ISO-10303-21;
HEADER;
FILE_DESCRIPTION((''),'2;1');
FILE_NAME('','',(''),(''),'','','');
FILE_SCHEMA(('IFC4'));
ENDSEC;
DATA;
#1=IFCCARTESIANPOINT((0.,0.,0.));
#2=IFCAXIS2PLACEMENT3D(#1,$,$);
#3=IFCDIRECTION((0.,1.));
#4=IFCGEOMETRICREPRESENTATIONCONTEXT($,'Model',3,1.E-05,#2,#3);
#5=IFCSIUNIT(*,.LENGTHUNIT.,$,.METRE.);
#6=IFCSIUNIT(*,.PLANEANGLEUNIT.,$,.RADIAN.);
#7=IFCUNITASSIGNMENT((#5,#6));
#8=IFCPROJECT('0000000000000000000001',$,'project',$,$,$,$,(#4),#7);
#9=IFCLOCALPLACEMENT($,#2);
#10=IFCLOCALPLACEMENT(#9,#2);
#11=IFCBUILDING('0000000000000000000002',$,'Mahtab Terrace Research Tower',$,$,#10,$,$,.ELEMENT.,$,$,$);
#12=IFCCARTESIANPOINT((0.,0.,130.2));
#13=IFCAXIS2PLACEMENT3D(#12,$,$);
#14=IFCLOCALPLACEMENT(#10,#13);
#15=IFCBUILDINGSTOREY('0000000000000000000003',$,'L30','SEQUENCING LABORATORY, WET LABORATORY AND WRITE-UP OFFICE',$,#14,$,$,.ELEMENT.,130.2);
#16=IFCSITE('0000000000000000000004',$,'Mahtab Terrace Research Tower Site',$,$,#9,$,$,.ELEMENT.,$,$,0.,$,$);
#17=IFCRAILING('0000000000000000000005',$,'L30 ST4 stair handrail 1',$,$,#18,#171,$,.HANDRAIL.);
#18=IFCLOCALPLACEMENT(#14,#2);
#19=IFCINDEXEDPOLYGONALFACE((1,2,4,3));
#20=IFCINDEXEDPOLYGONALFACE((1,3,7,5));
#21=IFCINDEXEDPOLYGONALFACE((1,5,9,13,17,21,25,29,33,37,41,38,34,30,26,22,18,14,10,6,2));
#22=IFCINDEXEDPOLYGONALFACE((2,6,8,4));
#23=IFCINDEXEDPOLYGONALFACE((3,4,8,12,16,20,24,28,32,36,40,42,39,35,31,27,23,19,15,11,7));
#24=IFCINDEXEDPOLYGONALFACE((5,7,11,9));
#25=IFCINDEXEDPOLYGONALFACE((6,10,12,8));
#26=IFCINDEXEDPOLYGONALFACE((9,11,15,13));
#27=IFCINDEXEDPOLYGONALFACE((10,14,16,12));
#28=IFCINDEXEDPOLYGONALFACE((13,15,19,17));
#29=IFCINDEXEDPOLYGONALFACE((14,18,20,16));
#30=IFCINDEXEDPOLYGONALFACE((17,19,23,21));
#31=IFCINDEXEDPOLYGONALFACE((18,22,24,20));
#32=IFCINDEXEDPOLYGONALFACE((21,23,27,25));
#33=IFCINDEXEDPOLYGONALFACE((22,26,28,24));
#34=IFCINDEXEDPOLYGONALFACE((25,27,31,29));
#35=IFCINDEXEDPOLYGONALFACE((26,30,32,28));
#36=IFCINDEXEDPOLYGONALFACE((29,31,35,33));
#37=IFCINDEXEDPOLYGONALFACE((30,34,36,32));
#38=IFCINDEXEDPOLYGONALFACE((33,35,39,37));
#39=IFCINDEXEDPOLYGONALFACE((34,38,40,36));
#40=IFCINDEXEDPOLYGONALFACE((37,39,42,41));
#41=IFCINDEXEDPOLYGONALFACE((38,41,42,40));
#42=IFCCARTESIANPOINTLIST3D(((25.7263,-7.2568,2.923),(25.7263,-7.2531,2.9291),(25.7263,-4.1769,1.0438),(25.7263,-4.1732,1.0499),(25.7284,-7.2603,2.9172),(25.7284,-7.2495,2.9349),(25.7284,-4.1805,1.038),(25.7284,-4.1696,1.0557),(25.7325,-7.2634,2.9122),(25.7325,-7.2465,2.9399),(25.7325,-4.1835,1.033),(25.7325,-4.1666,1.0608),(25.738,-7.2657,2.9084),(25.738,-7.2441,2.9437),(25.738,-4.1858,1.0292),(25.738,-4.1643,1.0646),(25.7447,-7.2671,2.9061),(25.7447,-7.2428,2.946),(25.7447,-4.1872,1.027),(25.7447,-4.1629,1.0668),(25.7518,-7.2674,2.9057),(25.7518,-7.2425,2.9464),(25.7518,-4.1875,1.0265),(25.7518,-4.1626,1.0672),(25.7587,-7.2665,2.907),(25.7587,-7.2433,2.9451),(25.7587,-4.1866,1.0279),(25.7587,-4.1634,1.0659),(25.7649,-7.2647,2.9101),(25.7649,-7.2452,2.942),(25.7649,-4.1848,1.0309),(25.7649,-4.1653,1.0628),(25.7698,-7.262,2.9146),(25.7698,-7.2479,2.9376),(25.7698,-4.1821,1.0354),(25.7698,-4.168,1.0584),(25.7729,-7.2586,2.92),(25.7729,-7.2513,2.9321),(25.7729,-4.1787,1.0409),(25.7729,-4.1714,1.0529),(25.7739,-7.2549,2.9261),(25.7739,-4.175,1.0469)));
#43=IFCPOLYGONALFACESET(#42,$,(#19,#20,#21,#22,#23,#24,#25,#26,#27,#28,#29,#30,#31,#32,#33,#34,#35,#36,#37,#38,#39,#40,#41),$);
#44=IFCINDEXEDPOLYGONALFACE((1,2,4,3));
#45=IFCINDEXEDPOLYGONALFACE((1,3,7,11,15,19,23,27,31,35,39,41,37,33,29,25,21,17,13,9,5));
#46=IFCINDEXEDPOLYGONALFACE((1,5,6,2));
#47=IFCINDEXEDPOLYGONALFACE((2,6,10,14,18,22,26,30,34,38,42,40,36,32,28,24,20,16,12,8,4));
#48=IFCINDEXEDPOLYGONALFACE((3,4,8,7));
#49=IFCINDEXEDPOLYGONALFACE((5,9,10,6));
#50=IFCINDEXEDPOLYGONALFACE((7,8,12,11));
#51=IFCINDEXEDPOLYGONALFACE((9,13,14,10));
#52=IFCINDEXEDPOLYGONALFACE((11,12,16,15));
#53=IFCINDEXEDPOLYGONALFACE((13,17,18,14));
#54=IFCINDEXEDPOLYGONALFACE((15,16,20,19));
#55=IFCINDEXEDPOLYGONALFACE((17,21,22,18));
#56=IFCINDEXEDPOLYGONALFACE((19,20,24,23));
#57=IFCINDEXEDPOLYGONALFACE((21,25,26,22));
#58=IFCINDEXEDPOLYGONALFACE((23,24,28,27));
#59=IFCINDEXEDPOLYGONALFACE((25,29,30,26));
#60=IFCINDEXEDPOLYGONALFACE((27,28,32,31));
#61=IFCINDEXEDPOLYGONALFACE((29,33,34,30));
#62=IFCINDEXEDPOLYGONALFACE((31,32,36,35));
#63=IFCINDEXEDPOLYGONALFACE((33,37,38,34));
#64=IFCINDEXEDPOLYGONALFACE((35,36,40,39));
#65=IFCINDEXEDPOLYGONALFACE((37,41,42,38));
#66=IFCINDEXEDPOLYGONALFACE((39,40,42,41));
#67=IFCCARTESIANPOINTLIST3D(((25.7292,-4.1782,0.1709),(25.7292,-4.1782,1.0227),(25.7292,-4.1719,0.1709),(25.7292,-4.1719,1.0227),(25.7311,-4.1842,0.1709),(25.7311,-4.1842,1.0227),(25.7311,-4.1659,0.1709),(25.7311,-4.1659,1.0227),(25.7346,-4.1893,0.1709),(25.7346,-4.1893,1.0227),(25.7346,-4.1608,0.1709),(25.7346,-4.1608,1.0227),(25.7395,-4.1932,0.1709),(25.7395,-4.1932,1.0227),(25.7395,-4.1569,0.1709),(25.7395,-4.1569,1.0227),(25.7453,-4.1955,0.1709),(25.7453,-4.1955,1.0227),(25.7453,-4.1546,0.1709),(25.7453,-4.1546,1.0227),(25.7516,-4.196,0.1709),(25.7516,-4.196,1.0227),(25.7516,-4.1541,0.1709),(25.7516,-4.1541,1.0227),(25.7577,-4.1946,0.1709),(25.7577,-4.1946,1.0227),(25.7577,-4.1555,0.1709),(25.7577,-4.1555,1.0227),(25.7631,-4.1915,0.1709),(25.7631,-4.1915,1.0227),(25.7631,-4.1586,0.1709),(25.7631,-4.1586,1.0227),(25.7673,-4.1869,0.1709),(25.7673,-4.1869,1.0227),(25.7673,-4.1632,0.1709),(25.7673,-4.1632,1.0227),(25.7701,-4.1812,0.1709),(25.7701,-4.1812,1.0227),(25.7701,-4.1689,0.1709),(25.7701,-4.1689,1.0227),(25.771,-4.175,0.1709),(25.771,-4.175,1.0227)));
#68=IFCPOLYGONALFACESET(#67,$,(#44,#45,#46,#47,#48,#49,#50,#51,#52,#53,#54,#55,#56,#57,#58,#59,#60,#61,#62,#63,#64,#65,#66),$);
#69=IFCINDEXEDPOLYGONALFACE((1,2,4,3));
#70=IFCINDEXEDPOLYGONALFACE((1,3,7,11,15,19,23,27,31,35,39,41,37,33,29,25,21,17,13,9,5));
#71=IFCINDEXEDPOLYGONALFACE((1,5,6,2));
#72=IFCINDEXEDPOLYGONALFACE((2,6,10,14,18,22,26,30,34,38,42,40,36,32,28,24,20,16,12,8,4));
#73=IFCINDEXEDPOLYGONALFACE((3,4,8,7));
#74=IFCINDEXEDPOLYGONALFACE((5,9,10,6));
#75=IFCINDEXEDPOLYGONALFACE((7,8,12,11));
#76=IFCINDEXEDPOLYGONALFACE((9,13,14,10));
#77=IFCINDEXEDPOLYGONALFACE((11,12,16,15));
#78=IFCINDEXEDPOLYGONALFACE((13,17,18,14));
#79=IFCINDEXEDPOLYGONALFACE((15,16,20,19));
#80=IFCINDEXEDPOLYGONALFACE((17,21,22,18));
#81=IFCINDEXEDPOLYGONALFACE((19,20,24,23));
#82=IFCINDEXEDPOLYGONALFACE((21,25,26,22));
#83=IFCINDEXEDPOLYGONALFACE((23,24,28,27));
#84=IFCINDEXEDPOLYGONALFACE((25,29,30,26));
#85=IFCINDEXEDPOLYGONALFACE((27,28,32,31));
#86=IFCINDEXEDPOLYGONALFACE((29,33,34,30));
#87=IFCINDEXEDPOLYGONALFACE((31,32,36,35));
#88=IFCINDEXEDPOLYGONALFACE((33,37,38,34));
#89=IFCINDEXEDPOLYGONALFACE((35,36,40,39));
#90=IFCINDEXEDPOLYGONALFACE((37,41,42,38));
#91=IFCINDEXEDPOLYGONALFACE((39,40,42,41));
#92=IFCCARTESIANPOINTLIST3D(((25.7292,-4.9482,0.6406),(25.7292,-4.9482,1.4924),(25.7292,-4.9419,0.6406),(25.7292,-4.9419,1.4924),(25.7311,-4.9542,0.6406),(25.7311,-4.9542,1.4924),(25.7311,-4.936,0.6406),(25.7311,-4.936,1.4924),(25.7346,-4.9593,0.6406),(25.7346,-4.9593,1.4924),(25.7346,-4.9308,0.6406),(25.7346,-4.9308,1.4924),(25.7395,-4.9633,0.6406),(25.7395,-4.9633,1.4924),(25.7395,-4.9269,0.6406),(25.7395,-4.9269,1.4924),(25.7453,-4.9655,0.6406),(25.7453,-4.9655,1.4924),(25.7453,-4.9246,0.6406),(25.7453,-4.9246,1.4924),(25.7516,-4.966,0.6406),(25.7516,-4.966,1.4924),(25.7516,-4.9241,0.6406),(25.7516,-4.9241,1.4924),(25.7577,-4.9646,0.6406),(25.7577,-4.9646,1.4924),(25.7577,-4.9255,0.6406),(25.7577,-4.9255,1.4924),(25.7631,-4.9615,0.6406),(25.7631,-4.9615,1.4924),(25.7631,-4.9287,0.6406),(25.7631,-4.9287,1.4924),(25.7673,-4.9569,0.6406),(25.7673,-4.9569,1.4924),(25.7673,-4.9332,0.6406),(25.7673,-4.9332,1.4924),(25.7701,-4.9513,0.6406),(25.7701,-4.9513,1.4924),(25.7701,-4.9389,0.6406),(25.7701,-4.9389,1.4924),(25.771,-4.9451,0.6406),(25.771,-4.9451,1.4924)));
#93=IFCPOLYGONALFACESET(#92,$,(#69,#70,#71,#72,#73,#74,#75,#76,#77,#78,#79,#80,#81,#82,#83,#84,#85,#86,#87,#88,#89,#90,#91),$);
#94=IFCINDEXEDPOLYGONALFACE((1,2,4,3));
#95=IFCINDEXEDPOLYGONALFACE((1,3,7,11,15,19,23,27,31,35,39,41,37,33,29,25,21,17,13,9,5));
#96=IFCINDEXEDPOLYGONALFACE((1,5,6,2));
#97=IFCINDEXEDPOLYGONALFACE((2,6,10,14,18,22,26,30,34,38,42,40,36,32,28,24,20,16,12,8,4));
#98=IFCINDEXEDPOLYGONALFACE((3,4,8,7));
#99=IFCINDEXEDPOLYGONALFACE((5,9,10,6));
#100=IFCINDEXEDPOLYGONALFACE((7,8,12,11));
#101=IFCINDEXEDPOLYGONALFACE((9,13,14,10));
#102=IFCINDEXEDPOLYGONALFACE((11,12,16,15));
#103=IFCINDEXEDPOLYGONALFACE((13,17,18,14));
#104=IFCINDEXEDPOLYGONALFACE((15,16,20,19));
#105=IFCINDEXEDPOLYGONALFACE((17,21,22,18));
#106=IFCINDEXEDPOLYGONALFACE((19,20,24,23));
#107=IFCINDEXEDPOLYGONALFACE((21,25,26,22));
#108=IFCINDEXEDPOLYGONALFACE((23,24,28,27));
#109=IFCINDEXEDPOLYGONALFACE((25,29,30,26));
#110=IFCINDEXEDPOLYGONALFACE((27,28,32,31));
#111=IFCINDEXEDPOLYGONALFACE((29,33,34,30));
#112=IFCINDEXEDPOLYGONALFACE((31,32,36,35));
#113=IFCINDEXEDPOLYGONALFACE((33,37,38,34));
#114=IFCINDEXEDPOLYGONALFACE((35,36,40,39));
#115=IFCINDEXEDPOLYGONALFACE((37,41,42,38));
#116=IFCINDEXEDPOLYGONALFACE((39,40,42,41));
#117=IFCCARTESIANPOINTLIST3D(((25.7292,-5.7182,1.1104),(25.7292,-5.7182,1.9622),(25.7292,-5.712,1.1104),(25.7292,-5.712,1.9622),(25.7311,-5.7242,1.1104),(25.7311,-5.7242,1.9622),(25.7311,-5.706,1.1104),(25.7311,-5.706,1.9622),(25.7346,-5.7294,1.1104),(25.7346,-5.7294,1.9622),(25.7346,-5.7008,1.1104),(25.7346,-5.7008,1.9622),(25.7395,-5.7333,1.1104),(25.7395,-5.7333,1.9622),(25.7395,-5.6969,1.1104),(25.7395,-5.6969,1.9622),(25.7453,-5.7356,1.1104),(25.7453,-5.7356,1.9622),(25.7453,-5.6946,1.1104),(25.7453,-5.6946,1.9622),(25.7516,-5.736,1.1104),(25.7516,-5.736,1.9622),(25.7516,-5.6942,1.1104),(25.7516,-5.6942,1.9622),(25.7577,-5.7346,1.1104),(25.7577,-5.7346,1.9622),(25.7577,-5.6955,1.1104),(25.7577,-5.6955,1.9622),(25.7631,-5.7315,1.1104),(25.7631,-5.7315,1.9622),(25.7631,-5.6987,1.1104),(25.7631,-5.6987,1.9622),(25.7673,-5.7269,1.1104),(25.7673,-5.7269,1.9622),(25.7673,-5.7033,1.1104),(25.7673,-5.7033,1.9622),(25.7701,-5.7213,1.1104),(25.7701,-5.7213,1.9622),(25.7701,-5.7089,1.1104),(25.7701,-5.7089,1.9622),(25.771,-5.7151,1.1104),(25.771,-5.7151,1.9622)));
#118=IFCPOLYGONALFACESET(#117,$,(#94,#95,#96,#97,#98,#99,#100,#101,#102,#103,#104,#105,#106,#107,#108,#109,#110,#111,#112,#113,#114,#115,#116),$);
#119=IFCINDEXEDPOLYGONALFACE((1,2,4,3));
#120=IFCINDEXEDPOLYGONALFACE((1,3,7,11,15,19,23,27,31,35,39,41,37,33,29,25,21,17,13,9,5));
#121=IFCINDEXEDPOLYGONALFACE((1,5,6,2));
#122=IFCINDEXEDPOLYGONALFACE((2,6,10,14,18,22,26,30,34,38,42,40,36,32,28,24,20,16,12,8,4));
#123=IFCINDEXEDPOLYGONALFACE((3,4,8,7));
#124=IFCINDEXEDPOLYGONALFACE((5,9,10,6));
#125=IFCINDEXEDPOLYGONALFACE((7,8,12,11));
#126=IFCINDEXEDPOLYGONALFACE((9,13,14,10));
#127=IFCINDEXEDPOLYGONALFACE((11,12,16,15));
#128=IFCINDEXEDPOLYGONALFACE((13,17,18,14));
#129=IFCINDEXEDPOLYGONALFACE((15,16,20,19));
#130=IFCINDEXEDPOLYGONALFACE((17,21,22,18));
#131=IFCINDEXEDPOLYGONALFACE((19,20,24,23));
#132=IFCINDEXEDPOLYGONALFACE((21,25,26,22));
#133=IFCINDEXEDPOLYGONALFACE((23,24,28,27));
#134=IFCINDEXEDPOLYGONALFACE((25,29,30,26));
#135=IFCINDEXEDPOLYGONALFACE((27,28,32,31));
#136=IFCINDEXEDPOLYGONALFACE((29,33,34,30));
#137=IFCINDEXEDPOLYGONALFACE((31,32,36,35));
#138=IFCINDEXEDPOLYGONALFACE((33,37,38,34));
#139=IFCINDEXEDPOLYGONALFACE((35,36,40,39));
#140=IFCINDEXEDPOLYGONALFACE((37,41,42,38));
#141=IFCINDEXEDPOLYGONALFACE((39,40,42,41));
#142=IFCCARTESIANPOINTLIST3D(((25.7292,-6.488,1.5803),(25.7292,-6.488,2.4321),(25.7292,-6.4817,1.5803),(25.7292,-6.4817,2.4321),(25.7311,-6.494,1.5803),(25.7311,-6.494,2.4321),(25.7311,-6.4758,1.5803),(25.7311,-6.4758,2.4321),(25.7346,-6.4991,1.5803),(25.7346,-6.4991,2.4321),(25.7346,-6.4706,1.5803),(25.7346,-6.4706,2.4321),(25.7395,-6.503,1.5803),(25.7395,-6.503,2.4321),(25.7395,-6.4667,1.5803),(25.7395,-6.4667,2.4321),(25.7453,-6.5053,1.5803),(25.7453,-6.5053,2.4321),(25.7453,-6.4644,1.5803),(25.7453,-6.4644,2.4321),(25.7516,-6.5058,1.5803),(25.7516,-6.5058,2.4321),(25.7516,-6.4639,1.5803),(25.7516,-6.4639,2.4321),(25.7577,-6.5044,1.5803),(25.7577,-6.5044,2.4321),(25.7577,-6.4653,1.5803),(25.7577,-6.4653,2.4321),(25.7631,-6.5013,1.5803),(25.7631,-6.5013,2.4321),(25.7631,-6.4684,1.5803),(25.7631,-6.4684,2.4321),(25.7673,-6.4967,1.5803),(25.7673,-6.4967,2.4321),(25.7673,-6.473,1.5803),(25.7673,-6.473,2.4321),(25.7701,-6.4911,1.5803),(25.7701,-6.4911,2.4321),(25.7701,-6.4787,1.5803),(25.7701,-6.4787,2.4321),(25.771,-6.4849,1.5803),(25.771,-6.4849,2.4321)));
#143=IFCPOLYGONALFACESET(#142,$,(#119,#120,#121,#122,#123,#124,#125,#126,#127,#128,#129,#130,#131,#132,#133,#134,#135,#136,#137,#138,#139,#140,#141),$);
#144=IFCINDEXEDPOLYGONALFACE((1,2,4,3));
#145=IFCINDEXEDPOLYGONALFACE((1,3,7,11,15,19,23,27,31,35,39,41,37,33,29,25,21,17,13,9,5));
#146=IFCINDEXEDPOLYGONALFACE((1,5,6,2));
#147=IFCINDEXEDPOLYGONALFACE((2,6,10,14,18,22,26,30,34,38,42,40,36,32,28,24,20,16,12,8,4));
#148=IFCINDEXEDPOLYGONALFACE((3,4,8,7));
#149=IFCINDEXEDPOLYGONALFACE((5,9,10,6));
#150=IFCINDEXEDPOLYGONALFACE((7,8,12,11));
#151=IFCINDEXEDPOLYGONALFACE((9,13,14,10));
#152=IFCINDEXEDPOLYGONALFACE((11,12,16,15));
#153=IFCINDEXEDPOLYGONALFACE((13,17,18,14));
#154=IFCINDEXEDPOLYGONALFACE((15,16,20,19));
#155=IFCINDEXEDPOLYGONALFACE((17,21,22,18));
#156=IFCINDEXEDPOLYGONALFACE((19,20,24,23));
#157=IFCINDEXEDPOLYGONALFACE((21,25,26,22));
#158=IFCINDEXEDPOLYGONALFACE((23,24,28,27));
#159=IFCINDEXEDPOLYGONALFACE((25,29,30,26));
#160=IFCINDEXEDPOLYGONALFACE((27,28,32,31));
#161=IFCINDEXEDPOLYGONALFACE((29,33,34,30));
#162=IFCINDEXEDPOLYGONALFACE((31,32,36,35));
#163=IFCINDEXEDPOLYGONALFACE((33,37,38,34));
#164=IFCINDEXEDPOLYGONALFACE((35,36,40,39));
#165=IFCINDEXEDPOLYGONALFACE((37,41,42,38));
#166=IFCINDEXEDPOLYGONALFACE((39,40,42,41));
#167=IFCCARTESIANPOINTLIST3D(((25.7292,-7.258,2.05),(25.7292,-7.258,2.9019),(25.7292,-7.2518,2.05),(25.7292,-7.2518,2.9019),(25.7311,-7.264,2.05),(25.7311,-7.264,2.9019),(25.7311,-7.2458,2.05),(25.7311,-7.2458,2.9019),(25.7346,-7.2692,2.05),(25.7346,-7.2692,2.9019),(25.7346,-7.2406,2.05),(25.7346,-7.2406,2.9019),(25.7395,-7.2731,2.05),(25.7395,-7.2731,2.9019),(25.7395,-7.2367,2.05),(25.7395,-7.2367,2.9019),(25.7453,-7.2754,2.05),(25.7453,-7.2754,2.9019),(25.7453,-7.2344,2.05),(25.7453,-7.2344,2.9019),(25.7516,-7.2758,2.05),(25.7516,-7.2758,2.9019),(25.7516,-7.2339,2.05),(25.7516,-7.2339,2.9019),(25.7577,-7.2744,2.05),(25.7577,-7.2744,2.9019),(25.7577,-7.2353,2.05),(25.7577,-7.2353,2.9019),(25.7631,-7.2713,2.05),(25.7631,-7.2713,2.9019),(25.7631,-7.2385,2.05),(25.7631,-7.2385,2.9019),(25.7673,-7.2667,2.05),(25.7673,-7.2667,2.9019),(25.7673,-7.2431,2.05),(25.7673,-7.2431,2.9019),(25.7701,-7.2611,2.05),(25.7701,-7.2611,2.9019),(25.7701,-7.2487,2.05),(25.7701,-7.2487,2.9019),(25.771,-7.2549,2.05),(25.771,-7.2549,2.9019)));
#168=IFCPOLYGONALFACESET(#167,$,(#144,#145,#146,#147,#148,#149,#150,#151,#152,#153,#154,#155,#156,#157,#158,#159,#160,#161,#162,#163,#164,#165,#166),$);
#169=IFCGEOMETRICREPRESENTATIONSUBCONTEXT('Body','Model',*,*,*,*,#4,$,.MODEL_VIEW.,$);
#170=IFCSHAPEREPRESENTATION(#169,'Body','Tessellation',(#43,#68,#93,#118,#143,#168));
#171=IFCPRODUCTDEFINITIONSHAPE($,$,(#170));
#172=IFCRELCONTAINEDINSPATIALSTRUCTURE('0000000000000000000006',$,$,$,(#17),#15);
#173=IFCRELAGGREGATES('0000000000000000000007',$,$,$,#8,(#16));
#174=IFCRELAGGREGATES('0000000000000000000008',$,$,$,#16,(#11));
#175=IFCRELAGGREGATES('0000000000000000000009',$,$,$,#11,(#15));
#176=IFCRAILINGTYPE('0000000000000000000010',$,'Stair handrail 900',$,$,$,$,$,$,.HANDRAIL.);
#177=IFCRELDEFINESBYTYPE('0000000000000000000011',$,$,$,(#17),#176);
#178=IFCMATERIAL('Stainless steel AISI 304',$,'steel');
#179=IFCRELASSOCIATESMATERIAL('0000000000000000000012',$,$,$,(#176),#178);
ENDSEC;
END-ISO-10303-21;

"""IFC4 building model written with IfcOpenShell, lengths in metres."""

from ifc_helpers import new_model, si_unit, direction, frame, origin, origin_2d, place, context, subcontext, project, spatial, circle, extrude, material, type_object, element, save


model = new_model("IFC4")

# Units and contexts
model_context = context("Model", 3, precision=1e-05, world=origin(), true_north=direction((0.0, 1.0)))
body_context = subcontext(model_context, "Body", "Model", "MODEL_VIEW")
ifc_project = project(units=[si_unit("LENGTHUNIT", "METRE"), si_unit("PLANEANGLEUNIT", "RADIAN")], contexts=[model_context])

# Site, building, storey
site_placement = place(None, origin())
site = spatial("IfcSite", under=ifc_project, at=site_placement, Name="Mahtab Terrace Research Tower Site", CompositionType="ELEMENT", RefElevation=0.0)
building_placement = place(site_placement, origin())
building = spatial("IfcBuilding", under=site, at=building_placement, Name="Mahtab Terrace Research Tower", CompositionType="ELEMENT")
storey_placement = place(building_placement, frame((0.0, 0.0, 130.2)))
storey = spatial("IfcBuildingStorey", under=building, at=storey_placement, Name="L30", Description="SEQUENCING LABORATORY, WET LABORATORY AND WRITE-UP OFFICE", CompositionType="ELEMENT", Elevation=130.2)

# Railing
ifc_material_1 = material(Name="Stainless steel AISI 304", Category="steel")
railing_type_1 = type_object("IfcRailingType", Name="Stair handrail 900", PredefinedType="HANDRAIL", material=ifc_material_1)
railing_1_placement = place(storey_placement, frame((25.75, -4.175, 0.1709)))
element("IfcRailing", 1, at=railing_1_placement, inside=storey, type_object=railing_type_1, Name="L30 ST4 stair handrail 1", PredefinedType="HANDRAIL", context=body_context, shape_type="SweptSolid", body=[
    extrude(circle(Radius=0.0239, at=origin_2d()), frame((0.0, 0.0, 0.876), z_axis=(0.0, -0.853648, 0.52085), x_axis=(1.0, 0.0, 0.0)), (0.0, 0.0, 1.0), 3.6079),
    extrude(circle(Radius=0.021, at=origin_2d()), origin(), (0.0, 0.0, 1.0), 0.8518),
    extrude(circle(Radius=0.021, at=origin_2d()), frame((0.0, -0.77, 0.4697)), (0.0, 0.0, 1.0), 0.8518),
    extrude(circle(Radius=0.021, at=origin_2d()), frame((0.0, -1.54, 0.9395)), (0.0, 0.0, 1.0), 0.8518),
    extrude(circle(Radius=0.021, at=origin_2d()), frame((0.0, -2.3098, 1.4094)), (0.0, 0.0, 1.0), 0.8518),
    extrude(circle(Radius=0.021, at=origin_2d()), frame((0.0, -3.0798, 1.8792)), (0.0, 0.0, 1.0), 0.8518),
])

save(model, "model.ifc")
